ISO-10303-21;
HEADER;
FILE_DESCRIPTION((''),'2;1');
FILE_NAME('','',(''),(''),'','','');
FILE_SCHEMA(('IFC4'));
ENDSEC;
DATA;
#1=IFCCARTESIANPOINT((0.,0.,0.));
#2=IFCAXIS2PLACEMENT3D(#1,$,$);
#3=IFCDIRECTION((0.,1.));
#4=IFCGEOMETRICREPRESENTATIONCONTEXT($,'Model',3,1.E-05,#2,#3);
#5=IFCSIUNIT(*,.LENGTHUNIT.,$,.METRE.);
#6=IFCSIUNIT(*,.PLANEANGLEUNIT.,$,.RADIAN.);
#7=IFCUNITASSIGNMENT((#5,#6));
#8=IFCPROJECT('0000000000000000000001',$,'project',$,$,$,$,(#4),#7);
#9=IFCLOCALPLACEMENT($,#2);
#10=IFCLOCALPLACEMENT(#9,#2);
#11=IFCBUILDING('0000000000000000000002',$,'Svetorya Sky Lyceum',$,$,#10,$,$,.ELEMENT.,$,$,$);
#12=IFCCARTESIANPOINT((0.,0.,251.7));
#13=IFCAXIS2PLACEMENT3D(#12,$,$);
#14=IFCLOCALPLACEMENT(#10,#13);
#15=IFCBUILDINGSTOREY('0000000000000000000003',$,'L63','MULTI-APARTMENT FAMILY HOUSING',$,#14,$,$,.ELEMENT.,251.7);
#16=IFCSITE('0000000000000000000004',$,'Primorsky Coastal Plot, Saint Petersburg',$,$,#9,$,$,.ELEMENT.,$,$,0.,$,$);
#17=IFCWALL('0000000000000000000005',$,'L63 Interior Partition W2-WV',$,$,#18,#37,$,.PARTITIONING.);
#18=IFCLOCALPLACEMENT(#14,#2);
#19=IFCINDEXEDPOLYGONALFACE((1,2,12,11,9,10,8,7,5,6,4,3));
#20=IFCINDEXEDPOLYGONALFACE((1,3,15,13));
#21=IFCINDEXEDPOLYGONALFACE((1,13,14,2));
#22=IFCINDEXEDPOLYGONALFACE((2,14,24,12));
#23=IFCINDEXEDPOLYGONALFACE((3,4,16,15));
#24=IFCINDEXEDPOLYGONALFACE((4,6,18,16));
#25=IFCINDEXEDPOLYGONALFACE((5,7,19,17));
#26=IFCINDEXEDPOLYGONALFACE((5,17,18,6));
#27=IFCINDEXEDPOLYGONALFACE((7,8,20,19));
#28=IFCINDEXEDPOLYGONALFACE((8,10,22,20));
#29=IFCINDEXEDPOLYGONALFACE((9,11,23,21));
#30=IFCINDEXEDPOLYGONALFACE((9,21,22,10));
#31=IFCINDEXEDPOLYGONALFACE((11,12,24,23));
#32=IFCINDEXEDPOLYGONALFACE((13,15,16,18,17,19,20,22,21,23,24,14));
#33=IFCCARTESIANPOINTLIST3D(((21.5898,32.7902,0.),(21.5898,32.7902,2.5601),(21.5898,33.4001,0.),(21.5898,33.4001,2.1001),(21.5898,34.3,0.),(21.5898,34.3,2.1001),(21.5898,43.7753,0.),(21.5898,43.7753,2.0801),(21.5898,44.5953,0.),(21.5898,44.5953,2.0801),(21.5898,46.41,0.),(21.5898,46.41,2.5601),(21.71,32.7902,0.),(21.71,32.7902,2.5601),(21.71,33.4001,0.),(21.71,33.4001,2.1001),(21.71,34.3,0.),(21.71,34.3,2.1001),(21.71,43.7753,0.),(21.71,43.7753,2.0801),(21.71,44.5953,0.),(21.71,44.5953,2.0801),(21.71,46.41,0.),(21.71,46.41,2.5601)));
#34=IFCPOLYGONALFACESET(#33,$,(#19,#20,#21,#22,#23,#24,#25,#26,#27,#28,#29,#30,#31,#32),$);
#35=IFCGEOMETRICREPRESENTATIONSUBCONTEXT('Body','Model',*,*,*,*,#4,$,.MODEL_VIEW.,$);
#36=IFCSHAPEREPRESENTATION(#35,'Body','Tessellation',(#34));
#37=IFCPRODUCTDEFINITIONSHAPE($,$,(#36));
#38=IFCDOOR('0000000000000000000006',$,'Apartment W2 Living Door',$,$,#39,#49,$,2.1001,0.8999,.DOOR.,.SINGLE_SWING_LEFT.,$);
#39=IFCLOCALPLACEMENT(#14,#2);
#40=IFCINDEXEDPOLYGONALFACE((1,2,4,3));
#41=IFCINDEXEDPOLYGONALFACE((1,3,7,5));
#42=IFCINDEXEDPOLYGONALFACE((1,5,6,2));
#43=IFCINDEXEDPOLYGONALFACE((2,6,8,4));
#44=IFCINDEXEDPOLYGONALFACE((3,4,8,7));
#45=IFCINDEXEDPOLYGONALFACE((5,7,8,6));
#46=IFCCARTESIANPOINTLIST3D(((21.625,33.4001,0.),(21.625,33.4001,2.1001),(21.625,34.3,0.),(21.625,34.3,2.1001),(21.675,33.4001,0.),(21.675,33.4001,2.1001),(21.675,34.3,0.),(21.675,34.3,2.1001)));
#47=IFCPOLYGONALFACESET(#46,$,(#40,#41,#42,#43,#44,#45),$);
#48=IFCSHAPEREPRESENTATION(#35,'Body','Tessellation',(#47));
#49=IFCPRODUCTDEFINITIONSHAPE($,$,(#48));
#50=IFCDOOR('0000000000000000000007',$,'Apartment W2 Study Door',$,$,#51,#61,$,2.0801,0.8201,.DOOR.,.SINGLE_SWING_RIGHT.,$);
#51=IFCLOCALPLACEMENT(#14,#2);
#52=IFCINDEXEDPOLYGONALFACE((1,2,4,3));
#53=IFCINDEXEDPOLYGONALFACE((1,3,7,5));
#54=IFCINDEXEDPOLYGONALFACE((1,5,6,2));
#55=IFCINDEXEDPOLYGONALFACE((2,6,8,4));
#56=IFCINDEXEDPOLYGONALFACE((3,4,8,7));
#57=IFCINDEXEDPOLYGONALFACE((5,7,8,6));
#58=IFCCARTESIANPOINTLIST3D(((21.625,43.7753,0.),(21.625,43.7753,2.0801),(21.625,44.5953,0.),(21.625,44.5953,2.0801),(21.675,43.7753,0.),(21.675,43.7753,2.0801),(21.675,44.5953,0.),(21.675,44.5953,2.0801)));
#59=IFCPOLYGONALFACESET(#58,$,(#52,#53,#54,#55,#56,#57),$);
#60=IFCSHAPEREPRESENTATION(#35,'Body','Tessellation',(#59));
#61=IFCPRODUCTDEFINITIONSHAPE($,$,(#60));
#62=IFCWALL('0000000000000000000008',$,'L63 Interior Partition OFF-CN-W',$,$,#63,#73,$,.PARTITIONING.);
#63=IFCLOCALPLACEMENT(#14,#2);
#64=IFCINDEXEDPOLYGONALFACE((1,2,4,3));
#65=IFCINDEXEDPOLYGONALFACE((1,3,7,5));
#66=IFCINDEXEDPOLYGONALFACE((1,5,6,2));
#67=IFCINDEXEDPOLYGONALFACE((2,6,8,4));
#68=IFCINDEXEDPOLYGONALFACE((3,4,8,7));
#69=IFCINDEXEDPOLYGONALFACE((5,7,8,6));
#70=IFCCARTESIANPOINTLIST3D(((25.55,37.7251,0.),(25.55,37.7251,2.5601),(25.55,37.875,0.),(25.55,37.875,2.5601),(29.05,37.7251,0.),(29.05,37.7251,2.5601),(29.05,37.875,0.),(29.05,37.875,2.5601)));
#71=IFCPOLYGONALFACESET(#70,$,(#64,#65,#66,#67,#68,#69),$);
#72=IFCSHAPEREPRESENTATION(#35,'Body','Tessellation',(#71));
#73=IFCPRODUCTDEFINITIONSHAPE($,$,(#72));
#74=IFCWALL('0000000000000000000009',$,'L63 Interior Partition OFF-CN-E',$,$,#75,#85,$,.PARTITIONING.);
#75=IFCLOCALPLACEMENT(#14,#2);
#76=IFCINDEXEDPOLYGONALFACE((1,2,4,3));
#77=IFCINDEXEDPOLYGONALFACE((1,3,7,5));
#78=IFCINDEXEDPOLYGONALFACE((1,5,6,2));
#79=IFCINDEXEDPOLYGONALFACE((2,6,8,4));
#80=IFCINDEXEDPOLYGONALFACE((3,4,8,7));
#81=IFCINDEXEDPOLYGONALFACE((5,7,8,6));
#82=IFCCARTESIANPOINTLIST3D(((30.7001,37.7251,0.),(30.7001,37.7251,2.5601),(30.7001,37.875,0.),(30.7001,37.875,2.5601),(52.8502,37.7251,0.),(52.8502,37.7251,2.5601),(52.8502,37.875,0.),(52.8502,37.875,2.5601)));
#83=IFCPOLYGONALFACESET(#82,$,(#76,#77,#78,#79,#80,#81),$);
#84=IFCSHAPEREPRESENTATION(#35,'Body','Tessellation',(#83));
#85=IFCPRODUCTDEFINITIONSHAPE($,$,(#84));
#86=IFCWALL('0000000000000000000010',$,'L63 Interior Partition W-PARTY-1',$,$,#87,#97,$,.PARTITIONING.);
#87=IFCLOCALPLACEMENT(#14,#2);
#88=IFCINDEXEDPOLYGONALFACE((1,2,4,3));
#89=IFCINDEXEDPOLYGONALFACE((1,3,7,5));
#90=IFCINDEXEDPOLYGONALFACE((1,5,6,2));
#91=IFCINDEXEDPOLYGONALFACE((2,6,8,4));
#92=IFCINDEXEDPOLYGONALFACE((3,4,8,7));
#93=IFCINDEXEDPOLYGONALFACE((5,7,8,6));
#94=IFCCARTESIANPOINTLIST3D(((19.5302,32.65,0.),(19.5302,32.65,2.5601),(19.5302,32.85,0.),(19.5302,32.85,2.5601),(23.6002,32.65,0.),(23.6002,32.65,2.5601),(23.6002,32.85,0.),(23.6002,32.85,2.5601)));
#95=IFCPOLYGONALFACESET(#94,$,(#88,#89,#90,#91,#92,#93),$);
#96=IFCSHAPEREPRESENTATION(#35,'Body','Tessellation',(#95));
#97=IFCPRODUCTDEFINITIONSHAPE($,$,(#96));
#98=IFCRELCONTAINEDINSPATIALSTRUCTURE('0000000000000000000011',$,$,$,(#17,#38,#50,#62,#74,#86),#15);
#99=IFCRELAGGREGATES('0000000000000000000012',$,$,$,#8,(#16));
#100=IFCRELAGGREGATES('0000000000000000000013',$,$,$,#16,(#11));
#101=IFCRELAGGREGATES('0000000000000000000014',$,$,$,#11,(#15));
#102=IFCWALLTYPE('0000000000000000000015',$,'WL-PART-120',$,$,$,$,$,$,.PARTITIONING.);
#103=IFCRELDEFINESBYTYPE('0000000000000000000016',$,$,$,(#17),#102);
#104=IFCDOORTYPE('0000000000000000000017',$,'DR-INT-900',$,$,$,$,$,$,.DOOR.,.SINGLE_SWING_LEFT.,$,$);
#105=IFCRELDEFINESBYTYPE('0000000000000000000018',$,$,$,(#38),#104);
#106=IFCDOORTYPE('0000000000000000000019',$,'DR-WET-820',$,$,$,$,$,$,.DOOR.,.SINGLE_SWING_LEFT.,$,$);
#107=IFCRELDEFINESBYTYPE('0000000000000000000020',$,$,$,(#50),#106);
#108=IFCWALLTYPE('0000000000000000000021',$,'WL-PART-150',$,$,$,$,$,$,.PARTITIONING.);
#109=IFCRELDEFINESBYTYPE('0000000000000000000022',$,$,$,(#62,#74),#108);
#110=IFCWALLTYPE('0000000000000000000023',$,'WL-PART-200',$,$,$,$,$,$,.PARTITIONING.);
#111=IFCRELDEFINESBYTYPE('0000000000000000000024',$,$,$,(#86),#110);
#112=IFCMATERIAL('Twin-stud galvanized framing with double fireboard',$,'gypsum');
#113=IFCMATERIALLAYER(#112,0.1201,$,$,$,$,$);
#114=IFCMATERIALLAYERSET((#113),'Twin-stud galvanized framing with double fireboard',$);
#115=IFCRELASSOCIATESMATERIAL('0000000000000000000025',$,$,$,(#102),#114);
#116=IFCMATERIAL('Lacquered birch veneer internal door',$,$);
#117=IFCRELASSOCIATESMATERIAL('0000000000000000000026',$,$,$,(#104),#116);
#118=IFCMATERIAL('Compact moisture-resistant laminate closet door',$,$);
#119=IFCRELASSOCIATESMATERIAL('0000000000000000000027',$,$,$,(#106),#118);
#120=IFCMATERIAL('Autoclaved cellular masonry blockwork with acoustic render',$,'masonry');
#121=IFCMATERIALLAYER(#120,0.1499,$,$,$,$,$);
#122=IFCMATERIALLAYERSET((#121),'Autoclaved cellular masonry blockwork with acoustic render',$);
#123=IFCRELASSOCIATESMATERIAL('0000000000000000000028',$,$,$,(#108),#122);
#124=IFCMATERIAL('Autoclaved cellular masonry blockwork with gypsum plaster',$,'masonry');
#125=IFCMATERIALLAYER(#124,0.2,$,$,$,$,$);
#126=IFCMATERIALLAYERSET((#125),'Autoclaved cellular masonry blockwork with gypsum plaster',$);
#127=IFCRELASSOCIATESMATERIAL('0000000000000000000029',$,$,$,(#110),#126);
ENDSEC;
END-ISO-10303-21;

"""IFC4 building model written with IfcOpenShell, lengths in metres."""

from ifc_helpers import new_model, si_unit, direction, frame, frame_2d, origin, place, context, subcontext, project, spatial, rectangle, extrude, material, layer, layer_set, type_object, element, fill, save


model = new_model("IFC4")

# Units and contexts
model_context = context("Model", 3, precision=1e-05, world=origin(), true_north=direction((0.0, 1.0)))
body_context = subcontext(model_context, "Body", "Model", "MODEL_VIEW")
ifc_project = project(units=[si_unit("LENGTHUNIT", "METRE"), si_unit("PLANEANGLEUNIT", "RADIAN")], contexts=[model_context])

# Site, building, storey
site_placement = place(None, origin())
site = spatial("IfcSite", under=ifc_project, at=site_placement, Name="Primorsky Coastal Plot, Saint Petersburg", CompositionType="ELEMENT", RefElevation=0.0)
building_placement = place(site_placement, origin())
building = spatial("IfcBuilding", under=site, at=building_placement, Name="Svetorya Sky Lyceum", CompositionType="ELEMENT")
storey_placement = place(building_placement, frame((0.0, 0.0, 251.7)))
storey = spatial("IfcBuildingStorey", under=building, at=storey_placement, Name="L63", Description="MULTI-APARTMENT FAMILY HOUSING", CompositionType="ELEMENT", Elevation=251.7)

# Shared definitions
ifc_material_1 = material(Name="Twin-stud galvanized framing with double fireboard", Category="gypsum")
ifc_layer_1 = layer(ifc_material_1, 0.1201)
ifc_layer_set_1 = layer_set([ifc_layer_1], Name="Twin-stud galvanized framing with double fireboard")
wall_type_1 = type_object("IfcWallType", Name="WL-PART-120", PredefinedType="PARTITIONING", material=ifc_layer_set_1)

# Wall, openings, doors
wall_1_placement = place(storey_placement, frame((21.6499, 32.79, 0.0), z_axis=(0.0, 0.0, 1.0), x_axis=(0.0, 1.0, 0.0)))
wall_1 = element("IfcWall", 1, at=wall_1_placement, inside=storey, type_object=wall_type_1, Name="L63 Interior Partition W2-WV", PredefinedType="PARTITIONING", context=body_context, shape_type="SweptSolid", body=[
    extrude(rectangle(XDim=13.6199, YDim=0.1201, at=frame_2d((6.8101, 0.0))), origin(), (0.0, 0.0, 1.0), 2.5601),
])
opening_1_placement = place(wall_1_placement, frame((0.6101, 0.0, 0.0)))
opening_1 = element("IfcOpeningElement", 2, at=opening_1_placement, cuts=wall_1, PredefinedType="OPENING", context=body_context, shape_type="SweptSolid", body=[
    extrude(rectangle(XDim=0.8999, YDim=2.1001, at=frame_2d((0.45, 1.05))), frame((0.0, 0.0701, 0.0), z_axis=(0.0, -1.0, 0.0), x_axis=(1.0, 0.0, 0.0)), (0.0, 0.0, 1.0), 0.1401),
])
opening_2_placement = place(wall_1_placement, frame((10.9851, 0.0, 0.0)))
opening_2 = element("IfcOpeningElement", 3, at=opening_2_placement, cuts=wall_1, PredefinedType="OPENING", context=body_context, shape_type="SweptSolid", body=[
    extrude(rectangle(XDim=0.8201, YDim=2.0801, at=frame_2d((0.4102, 1.04))), frame((0.0, 0.0701, 0.0), z_axis=(0.0, -1.0, 0.0), x_axis=(1.0, 0.0, 0.0)), (0.0, 0.0, 1.0), 0.1401),
])
ifc_material_2 = material(Name="Lacquered birch veneer internal door")
door_type_1 = type_object("IfcDoorType", Name="DR-INT-900", OperationType="SINGLE_SWING_LEFT", PredefinedType="DOOR", material=ifc_material_2)
door_1_placement = place(opening_1_placement, origin())
door_1 = element("IfcDoor", 4, at=door_1_placement, inside=storey, type_object=door_type_1, Name="Apartment W2 Living Door", OperationType="SINGLE_SWING_LEFT", OverallHeight=2.1001, OverallWidth=0.8999, PredefinedType="DOOR", context=body_context, shape_type="SweptSolid", body=[
    extrude(rectangle(XDim=0.8999, YDim=2.1001, at=frame_2d((0.45, 1.05))), frame((0.0, 0.0249, 0.0), z_axis=(0.0, -1.0, 0.0), x_axis=(1.0, 0.0, 0.0)), (0.0, 0.0, 1.0), 0.05),
])
fill(opening_1, door_1)
ifc_material_3 = material(Name="Compact moisture-resistant laminate closet door")
door_type_2 = type_object("IfcDoorType", Name="DR-WET-820", OperationType="SINGLE_SWING_LEFT", PredefinedType="DOOR", material=ifc_material_3)
door_2_placement = place(opening_2_placement, origin())
door_2 = element("IfcDoor", 5, at=door_2_placement, inside=storey, type_object=door_type_2, Name="Apartment W2 Study Door", OperationType="SINGLE_SWING_RIGHT", OverallHeight=2.0801, OverallWidth=0.8201, PredefinedType="DOOR", context=body_context, shape_type="SweptSolid", body=[
    extrude(rectangle(XDim=0.8201, YDim=2.0801, at=frame_2d((0.4102, 1.04))), frame((0.0, 0.0249, 0.0), z_axis=(0.0, -1.0, 0.0), x_axis=(1.0, 0.0, 0.0)), (0.0, 0.0, 1.0), 0.05),
])
fill(opening_2, door_2)

# Walls
ifc_material_4 = material(Name="Autoclaved cellular masonry blockwork with acoustic render", Category="masonry")
ifc_layer_2 = layer(ifc_material_4, 0.1499)
ifc_layer_set_2 = layer_set([ifc_layer_2], Name="Autoclaved cellular masonry blockwork with acoustic render")
wall_type_2 = type_object("IfcWallType", Name="WL-PART-150", PredefinedType="PARTITIONING", material=ifc_layer_set_2)
wall_2_placement = place(storey_placement, frame((25.55, 37.8, 0.0), z_axis=(0.0, 0.0, 1.0), x_axis=(1.0, 0.0, 0.0)))
element("IfcWall", 6, at=wall_2_placement, inside=storey, type_object=wall_type_2, Name="L63 Interior Partition OFF-CN-W", PredefinedType="PARTITIONING", context=body_context, shape_type="SweptSolid", body=[
    extrude(rectangle(XDim=3.5, YDim=0.1499, at=frame_2d((1.75, 0.0))), origin(), (0.0, 0.0, 1.0), 2.5601),
])
wall_3_placement = place(storey_placement, frame((30.7, 37.8, 0.0), z_axis=(0.0, 0.0, 1.0), x_axis=(1.0, 0.0, 0.0)))
element("IfcWall", 7, at=wall_3_placement, inside=storey, type_object=wall_type_2, Name="L63 Interior Partition OFF-CN-E", PredefinedType="PARTITIONING", context=body_context, shape_type="SweptSolid", body=[
    extrude(rectangle(XDim=22.1501, YDim=0.1499, at=frame_2d((11.0752, 0.0))), origin(), (0.0, 0.0, 1.0), 2.5601),
])
ifc_material_5 = material(Name="Autoclaved cellular masonry blockwork with gypsum plaster", Category="masonry")
ifc_layer_3 = layer(ifc_material_5, 0.2)
ifc_layer_set_3 = layer_set([ifc_layer_3], Name="Autoclaved cellular masonry blockwork with gypsum plaster")
wall_type_3 = type_object("IfcWallType", Name="WL-PART-200", PredefinedType="PARTITIONING", material=ifc_layer_set_3)
wall_4_placement = place(storey_placement, frame((19.53, 32.75, 0.0), z_axis=(0.0, 0.0, 1.0), x_axis=(1.0, 0.0, 0.0)))
element("IfcWall", 8, at=wall_4_placement, inside=storey, type_object=wall_type_3, Name="L63 Interior Partition W-PARTY-1", PredefinedType="PARTITIONING", context=body_context, shape_type="SweptSolid", body=[
    extrude(rectangle(XDim=4.0701, YDim=0.2, at=frame_2d((2.0352, 0.0))), origin(), (0.0, 0.0, 1.0), 2.5601),
])

save(model, "model.ifc")
